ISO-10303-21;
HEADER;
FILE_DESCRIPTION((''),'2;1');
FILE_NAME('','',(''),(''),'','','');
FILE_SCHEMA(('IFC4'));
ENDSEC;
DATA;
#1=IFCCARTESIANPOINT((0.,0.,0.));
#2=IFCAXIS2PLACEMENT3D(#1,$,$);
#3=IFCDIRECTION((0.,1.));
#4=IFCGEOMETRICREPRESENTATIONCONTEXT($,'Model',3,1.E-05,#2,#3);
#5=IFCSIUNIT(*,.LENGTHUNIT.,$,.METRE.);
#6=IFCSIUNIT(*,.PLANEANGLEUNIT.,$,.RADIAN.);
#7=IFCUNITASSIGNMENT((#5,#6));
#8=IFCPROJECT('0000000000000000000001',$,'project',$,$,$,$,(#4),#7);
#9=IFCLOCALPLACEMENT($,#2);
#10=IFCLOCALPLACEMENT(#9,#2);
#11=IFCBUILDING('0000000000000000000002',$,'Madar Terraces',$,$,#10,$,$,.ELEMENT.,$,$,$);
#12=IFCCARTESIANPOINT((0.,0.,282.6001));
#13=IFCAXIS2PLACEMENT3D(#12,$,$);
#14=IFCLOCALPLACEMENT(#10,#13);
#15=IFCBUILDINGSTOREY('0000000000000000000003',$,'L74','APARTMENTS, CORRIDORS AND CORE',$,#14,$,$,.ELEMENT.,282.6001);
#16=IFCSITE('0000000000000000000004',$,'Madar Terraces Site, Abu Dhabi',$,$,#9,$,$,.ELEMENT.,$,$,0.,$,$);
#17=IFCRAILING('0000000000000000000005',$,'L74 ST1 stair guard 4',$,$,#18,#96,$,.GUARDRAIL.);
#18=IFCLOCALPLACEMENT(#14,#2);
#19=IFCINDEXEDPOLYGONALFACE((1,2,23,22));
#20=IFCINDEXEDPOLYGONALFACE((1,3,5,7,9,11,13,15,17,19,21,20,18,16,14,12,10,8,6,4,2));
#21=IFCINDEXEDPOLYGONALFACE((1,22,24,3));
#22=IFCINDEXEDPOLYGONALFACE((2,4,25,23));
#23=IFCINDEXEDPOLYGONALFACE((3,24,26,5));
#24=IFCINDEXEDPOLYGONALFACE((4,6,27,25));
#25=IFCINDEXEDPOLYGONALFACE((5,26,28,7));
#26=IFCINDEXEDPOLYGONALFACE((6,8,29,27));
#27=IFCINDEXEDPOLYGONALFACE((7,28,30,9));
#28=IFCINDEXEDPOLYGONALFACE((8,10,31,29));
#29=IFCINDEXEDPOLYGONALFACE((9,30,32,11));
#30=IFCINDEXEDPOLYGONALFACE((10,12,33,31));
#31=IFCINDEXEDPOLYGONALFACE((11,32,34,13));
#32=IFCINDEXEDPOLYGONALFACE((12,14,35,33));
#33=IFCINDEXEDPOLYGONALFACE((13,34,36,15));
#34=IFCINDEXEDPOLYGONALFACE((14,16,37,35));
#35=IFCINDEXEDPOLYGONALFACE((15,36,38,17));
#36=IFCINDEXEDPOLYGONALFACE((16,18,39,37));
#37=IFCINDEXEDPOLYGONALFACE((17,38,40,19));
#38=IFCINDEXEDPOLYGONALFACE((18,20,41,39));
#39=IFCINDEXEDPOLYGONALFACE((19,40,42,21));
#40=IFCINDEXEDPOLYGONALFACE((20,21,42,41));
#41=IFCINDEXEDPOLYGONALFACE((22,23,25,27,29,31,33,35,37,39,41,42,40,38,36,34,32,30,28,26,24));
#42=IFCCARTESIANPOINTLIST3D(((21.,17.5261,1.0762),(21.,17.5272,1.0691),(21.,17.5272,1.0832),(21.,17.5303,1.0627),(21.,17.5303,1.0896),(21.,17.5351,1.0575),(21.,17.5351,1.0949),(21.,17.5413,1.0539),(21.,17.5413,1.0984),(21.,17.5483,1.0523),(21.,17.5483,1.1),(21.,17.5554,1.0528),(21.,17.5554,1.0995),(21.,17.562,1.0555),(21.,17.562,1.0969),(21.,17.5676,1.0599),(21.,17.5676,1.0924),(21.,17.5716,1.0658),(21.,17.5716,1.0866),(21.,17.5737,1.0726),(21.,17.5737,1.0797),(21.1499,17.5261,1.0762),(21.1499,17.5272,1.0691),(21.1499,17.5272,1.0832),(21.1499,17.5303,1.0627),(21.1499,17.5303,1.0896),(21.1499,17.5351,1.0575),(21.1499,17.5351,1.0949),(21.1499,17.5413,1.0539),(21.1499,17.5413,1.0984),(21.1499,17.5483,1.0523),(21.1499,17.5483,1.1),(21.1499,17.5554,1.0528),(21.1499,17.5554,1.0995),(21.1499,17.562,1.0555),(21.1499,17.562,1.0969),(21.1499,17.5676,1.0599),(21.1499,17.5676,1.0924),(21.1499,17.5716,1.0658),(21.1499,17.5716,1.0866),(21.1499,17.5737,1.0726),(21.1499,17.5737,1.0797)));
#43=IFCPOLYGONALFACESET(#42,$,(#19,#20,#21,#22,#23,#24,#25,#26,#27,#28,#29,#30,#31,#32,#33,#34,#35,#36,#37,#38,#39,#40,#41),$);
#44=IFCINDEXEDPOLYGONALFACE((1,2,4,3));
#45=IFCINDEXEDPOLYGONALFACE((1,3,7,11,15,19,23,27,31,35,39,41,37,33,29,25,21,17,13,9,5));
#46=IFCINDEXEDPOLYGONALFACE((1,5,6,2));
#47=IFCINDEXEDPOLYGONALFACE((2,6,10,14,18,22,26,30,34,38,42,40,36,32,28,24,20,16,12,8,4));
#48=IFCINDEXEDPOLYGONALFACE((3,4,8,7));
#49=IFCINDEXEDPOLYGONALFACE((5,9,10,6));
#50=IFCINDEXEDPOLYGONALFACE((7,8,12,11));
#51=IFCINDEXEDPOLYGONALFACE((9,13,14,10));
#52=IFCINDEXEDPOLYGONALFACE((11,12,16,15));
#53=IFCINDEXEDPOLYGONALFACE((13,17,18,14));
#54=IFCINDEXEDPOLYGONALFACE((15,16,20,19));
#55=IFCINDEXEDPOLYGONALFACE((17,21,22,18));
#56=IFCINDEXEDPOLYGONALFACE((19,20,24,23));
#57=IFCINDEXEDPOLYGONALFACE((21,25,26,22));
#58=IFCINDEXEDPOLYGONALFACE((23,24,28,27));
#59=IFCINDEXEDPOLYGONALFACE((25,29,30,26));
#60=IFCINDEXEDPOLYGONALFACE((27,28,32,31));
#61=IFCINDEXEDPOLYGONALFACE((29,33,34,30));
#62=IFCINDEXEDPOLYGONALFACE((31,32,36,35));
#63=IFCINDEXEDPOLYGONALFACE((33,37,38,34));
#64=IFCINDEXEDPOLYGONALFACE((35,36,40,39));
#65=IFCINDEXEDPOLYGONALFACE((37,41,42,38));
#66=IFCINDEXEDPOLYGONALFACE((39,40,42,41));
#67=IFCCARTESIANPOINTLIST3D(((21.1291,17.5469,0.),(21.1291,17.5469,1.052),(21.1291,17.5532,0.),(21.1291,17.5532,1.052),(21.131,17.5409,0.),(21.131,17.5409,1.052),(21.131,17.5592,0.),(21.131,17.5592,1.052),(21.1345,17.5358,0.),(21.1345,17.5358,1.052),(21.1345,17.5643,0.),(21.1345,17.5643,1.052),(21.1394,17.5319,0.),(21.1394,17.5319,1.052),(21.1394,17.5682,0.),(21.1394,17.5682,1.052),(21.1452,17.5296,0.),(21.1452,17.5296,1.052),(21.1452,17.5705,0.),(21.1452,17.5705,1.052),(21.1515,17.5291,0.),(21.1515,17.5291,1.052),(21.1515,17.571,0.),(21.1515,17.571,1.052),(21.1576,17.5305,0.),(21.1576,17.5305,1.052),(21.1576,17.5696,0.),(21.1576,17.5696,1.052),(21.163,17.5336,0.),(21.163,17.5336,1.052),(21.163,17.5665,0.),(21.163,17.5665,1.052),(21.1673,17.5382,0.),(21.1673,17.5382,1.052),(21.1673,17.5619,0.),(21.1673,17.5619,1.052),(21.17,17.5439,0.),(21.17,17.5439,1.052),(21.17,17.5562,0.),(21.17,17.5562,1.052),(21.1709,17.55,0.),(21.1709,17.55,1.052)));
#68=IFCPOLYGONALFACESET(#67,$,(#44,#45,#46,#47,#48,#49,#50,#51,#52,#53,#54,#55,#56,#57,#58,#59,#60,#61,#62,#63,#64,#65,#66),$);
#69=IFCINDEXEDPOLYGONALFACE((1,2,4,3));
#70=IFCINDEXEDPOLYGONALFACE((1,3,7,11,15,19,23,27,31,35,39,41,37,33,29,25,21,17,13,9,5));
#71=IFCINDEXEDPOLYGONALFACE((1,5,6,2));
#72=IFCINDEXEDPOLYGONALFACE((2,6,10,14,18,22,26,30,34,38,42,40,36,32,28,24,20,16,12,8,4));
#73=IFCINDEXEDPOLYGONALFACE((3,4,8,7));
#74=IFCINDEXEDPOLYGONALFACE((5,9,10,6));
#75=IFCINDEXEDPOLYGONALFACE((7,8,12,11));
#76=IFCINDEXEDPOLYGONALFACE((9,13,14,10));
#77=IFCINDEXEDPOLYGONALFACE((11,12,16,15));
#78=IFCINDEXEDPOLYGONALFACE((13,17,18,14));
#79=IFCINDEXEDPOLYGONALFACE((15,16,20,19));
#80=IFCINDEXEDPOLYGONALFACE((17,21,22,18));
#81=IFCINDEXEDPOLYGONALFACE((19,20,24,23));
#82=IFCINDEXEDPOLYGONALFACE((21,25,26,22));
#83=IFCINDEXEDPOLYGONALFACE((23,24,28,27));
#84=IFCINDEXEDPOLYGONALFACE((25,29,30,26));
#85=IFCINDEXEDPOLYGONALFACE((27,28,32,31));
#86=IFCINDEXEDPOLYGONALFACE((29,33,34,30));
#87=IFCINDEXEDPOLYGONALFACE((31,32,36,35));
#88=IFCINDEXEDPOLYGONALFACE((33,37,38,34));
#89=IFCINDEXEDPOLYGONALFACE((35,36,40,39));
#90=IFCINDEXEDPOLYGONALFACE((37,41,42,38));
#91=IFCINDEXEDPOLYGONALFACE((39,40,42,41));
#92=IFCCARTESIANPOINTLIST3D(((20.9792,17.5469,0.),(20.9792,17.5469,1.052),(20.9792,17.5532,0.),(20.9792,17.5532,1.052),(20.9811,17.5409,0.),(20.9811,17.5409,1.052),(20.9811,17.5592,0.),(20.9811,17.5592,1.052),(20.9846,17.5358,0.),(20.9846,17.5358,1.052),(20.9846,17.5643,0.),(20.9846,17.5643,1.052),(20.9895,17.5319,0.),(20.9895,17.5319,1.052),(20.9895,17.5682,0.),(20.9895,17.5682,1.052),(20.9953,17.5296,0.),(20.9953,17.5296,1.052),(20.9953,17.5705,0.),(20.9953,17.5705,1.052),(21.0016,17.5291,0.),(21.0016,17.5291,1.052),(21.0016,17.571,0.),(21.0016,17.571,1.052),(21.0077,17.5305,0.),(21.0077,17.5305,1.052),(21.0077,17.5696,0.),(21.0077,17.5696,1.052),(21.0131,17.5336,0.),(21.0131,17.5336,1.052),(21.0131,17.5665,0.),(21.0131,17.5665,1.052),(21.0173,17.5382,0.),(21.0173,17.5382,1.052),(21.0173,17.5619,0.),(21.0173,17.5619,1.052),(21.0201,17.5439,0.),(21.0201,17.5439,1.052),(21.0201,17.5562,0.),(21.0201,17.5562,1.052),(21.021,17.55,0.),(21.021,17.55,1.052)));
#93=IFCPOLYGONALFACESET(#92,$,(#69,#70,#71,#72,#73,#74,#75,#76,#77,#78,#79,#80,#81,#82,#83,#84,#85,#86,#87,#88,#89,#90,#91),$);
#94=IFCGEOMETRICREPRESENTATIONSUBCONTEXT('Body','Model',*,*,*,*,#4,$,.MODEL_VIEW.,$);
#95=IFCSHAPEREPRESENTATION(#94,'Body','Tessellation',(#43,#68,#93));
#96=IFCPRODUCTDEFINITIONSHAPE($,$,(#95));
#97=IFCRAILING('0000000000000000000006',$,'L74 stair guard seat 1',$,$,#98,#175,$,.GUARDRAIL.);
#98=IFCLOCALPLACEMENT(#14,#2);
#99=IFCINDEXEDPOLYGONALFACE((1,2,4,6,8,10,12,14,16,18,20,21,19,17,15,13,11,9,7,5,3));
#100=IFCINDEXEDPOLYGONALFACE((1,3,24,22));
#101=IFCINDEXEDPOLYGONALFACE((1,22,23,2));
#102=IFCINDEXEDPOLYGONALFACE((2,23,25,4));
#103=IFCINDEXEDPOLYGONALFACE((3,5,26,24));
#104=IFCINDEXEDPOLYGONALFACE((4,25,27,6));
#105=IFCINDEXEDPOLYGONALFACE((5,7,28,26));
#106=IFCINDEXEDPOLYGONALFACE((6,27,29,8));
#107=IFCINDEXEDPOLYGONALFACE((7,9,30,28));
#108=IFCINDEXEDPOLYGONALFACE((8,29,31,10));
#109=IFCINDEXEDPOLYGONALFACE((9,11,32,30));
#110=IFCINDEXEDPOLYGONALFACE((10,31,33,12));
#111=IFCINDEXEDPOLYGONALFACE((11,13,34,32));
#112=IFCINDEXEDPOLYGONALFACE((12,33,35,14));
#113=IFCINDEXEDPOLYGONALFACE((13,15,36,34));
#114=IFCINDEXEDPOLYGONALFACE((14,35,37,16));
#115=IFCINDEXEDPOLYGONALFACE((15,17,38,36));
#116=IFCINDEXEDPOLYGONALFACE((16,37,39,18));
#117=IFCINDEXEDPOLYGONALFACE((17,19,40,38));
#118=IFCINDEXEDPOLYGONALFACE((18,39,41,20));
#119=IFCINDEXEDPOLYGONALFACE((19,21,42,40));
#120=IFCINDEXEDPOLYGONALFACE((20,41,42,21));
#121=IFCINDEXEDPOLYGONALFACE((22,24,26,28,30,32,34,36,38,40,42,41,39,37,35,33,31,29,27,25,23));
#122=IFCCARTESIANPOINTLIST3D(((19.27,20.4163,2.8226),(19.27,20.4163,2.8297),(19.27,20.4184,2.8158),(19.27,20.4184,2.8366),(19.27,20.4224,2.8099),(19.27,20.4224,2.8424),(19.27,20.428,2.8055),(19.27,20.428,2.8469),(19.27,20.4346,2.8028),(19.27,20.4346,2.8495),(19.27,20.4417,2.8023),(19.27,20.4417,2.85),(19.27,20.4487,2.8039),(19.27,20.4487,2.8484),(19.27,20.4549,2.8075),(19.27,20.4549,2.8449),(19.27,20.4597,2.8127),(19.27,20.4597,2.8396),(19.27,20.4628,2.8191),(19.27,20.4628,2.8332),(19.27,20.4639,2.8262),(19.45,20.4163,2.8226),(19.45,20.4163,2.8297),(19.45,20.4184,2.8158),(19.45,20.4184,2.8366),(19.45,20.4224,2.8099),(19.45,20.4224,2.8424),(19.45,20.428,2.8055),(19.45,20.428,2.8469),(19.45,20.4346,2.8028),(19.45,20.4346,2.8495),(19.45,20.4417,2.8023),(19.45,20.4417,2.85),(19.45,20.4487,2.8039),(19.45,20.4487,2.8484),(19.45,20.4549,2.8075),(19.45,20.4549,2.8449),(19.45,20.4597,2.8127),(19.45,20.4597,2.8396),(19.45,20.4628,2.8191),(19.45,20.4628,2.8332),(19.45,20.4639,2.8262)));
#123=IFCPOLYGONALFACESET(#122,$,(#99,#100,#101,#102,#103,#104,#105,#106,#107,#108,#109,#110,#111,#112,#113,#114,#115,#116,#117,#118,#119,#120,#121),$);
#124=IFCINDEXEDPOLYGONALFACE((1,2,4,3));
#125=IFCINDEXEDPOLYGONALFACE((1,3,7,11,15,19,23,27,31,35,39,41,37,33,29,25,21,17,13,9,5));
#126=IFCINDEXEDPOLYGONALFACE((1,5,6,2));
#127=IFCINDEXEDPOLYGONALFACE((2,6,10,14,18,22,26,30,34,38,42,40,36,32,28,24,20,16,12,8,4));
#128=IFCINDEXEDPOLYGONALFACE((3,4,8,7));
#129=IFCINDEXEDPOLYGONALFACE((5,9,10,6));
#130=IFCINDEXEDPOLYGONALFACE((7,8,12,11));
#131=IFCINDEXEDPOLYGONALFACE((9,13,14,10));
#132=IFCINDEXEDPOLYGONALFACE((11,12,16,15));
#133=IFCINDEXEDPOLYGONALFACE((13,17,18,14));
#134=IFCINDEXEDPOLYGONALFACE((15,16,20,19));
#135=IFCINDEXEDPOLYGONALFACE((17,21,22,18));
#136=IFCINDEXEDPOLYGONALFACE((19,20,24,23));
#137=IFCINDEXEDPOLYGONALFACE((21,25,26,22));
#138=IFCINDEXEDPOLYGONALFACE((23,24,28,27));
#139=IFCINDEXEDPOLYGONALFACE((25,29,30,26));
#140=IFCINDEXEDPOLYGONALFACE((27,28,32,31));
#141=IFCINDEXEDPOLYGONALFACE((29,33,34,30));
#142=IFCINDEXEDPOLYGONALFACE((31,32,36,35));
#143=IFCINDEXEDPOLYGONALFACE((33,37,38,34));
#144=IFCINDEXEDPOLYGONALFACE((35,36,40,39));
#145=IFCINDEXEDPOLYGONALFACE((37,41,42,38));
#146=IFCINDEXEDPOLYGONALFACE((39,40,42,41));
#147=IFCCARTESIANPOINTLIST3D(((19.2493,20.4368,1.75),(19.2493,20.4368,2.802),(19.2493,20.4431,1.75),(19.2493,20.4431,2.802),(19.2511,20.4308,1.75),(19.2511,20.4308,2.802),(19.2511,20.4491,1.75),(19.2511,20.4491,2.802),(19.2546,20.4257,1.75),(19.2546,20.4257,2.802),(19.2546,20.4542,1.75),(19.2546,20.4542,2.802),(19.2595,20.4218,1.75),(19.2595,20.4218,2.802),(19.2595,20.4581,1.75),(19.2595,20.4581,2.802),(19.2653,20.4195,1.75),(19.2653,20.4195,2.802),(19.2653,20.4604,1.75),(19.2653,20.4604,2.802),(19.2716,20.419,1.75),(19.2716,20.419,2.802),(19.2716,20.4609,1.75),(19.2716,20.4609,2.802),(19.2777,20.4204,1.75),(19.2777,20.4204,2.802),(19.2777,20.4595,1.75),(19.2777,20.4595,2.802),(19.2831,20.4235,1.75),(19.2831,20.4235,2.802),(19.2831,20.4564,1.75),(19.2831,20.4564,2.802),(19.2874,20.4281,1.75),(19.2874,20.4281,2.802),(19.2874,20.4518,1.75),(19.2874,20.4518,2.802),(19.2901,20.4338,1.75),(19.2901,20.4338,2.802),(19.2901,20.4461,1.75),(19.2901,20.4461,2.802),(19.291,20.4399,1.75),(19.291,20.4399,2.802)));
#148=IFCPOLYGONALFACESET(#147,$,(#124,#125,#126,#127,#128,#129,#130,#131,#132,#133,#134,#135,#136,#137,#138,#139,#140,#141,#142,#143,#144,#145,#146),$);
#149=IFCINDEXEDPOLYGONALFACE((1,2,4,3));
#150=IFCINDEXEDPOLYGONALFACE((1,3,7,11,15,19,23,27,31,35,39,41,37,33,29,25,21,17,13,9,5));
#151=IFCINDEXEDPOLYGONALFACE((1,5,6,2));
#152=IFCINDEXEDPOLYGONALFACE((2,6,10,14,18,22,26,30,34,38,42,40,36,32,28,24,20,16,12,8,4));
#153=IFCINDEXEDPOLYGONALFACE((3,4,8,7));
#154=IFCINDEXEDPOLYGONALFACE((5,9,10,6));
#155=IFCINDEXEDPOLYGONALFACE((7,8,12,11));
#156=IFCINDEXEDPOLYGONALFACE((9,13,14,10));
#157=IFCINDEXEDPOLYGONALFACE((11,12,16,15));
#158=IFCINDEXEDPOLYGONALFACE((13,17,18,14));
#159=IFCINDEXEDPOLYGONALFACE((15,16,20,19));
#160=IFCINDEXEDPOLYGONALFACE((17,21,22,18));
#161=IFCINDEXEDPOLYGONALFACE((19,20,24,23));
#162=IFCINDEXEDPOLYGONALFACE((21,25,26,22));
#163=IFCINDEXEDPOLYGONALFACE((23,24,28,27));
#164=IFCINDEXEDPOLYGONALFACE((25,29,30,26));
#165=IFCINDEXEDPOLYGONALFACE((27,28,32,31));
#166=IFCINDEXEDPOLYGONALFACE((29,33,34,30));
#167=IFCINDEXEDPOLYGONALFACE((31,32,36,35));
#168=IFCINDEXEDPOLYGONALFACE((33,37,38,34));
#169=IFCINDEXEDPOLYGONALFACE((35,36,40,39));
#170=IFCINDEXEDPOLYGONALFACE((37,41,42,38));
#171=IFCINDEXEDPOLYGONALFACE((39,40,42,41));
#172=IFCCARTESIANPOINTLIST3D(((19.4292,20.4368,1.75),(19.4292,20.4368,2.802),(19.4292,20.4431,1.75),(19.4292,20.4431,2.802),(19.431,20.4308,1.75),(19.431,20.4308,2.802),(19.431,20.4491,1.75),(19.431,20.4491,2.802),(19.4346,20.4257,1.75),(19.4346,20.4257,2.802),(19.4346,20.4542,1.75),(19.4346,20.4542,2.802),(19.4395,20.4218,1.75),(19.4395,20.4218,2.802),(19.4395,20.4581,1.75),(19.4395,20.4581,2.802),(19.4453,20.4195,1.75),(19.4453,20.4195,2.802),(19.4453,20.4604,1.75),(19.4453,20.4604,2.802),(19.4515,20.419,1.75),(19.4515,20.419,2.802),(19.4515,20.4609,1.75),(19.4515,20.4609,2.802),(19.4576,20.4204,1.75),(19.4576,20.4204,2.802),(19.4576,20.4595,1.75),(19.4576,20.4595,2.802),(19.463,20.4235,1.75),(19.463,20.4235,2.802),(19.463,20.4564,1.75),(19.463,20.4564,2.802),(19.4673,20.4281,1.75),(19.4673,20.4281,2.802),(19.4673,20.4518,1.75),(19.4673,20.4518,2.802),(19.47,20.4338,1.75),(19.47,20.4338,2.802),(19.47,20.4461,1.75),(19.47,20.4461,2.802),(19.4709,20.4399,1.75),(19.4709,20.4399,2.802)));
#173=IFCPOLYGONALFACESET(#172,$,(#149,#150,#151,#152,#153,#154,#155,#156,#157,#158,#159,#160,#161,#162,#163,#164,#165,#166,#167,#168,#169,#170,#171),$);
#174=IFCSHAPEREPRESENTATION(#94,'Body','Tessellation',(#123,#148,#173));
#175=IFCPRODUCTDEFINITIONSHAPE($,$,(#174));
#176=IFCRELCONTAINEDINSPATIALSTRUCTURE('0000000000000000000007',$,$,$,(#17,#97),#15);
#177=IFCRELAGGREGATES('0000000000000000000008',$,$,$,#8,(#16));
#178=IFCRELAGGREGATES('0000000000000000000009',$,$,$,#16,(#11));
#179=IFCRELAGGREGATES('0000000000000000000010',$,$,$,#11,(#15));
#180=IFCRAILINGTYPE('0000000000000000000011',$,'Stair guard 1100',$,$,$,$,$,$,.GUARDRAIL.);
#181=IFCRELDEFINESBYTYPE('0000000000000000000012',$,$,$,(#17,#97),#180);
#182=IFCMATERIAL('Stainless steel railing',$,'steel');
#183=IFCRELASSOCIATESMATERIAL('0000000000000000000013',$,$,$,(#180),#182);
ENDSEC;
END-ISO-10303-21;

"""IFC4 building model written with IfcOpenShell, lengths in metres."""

from ifc_helpers import new_model, si_unit, direction, frame, origin, origin_2d, place, context, subcontext, project, spatial, circle, extrude, material, type_object, element, save


model = new_model("IFC4")

# Units and contexts
model_context = context("Model", 3, precision=1e-05, world=origin(), true_north=direction((0.0, 1.0)))
body_context = subcontext(model_context, "Body", "Model", "MODEL_VIEW")
ifc_project = project(units=[si_unit("LENGTHUNIT", "METRE"), si_unit("PLANEANGLEUNIT", "RADIAN")], contexts=[model_context])

# Site, building, storey
site_placement = place(None, origin())
site = spatial("IfcSite", under=ifc_project, at=site_placement, Name="Madar Terraces Site, Abu Dhabi", CompositionType="ELEMENT", RefElevation=0.0)
building_placement = place(site_placement, origin())
building = spatial("IfcBuilding", under=site, at=building_placement, Name="Madar Terraces", CompositionType="ELEMENT")
storey_placement = place(building_placement, frame((0.0, 0.0, 282.6001)))
storey = spatial("IfcBuildingStorey", under=building, at=storey_placement, Name="L74", Description="APARTMENTS, CORRIDORS AND CORE", CompositionType="ELEMENT", Elevation=282.6001)

# Railings
ifc_material_1 = material(Name="Stainless steel railing", Category="steel")
railing_type_1 = type_object("IfcRailingType", Name="Stair guard 1100", PredefinedType="GUARDRAIL", material=ifc_material_1)
railing_1_placement = place(storey_placement, frame((21.1499, 17.55, 0.0)))
element("IfcRailing", 1, at=railing_1_placement, inside=storey, type_object=railing_type_1, Name="L74 ST1 stair guard 4", PredefinedType="GUARDRAIL", context=body_context, shape_type="SweptSolid", body=[
    extrude(circle(Radius=0.0239, at=origin_2d()), frame((0.0, 0.0, 1.0762), z_axis=(-1.0, 0.0, 0.0), x_axis=(0.0, -1.0, 0.0)), (0.0, 0.0, 1.0), 0.1499),
    extrude(circle(Radius=0.021, at=origin_2d()), origin(), (0.0, 0.0, 1.0), 1.052),
    extrude(circle(Radius=0.021, at=origin_2d()), frame((-0.1499, 0.0, 0.0)), (0.0, 0.0, 1.0), 1.052),
])
for number, where, name in (
    (2, (19.27, 20.4399, 1.75), "L74 stair guard seat 1"),
):
    element("IfcRailing", number, at=place(storey_placement, frame(where)), inside=storey, type_object=railing_type_1, Name=name, PredefinedType="GUARDRAIL", context=body_context, shape_type="SweptSolid", body=[
        extrude(circle(Radius=0.0239, at=origin_2d()), frame((0.0, 0.0, 1.0762), z_axis=(1.0, 0.0, 0.0), x_axis=(0.0, 1.0, 0.0)), (0.0, 0.0, 1.0), 0.1799),
        extrude(circle(Radius=0.021, at=origin_2d()), origin(), (0.0, 0.0, 1.0), 1.052),
        extrude(circle(Radius=0.021, at=origin_2d()), frame((0.1799, 0.0, 0.0)), (0.0, 0.0, 1.0), 1.052),
    ])

save(model, "model.ifc")
